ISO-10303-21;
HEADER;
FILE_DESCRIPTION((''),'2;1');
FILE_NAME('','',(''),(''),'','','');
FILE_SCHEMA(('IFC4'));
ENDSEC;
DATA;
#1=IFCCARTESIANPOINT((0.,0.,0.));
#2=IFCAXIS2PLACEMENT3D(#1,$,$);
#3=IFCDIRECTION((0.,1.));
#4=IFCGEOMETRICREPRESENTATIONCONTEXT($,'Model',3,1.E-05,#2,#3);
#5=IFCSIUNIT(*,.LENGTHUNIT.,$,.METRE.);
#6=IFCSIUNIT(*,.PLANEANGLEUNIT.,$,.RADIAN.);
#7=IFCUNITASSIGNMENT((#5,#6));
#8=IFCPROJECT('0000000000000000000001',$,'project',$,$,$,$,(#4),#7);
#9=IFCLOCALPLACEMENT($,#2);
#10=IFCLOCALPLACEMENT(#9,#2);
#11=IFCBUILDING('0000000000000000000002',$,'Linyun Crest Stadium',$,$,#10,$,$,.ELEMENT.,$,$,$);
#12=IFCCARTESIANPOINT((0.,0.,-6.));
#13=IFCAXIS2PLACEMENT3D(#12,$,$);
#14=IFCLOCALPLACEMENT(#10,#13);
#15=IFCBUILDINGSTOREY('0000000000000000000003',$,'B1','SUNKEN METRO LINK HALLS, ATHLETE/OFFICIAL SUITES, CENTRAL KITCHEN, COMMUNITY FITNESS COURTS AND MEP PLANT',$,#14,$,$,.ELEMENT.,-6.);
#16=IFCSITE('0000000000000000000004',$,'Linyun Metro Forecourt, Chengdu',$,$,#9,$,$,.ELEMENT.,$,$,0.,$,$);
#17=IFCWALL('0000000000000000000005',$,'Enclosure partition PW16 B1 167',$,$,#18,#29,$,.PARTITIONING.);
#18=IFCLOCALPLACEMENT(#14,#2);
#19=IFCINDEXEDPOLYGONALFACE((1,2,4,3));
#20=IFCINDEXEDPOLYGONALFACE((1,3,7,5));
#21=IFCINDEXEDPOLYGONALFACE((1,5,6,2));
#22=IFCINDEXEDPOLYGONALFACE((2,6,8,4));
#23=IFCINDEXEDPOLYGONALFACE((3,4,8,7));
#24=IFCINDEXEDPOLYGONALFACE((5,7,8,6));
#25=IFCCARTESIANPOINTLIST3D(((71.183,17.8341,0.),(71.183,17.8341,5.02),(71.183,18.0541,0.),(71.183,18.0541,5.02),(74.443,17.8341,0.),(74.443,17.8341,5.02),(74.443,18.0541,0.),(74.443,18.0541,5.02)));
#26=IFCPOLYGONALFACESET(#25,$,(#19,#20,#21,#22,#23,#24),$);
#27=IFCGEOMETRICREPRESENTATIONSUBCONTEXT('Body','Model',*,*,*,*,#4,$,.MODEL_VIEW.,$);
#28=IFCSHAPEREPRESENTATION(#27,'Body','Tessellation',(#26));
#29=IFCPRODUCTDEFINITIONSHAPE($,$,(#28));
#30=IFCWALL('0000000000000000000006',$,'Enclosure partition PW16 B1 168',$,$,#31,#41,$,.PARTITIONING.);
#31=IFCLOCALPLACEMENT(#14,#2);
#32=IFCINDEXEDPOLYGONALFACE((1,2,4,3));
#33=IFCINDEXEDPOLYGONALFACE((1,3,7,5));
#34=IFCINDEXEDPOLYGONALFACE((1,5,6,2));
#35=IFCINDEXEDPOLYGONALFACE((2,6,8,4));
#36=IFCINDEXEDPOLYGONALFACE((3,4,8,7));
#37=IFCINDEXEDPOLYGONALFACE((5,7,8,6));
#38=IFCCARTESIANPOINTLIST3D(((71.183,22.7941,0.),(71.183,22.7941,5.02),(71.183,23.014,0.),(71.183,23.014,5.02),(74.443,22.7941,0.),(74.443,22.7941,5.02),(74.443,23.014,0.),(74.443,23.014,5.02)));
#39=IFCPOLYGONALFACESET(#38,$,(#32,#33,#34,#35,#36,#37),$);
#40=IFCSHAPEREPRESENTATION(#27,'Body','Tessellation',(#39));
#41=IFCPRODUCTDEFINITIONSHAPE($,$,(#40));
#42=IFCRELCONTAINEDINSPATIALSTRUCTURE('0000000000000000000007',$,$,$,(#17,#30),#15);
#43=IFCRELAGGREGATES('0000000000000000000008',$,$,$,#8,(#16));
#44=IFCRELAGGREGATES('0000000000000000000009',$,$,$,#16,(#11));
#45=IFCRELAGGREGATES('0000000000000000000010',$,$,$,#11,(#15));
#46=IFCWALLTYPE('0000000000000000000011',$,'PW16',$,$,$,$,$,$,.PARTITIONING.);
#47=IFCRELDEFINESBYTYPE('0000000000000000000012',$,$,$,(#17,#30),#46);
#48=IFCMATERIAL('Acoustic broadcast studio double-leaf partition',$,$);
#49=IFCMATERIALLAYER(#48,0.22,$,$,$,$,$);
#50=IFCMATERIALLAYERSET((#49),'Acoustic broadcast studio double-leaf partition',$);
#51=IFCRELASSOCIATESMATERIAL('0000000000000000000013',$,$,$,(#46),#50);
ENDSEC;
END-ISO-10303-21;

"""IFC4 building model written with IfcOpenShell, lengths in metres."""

from ifc_helpers import new_model, si_unit, direction, frame, frame_2d, origin, place, context, subcontext, project, spatial, rectangle, extrude, material, layer, layer_set, type_object, element, save


model = new_model("IFC4")

# Units and contexts
model_context = context("Model", 3, precision=1e-05, world=origin(), true_north=direction((0.0, 1.0)))
body_context = subcontext(model_context, "Body", "Model", "MODEL_VIEW")
ifc_project = project(units=[si_unit("LENGTHUNIT", "METRE"), si_unit("PLANEANGLEUNIT", "RADIAN")], contexts=[model_context])

# Site, building, storey
site_placement = place(None, origin())
site = spatial("IfcSite", under=ifc_project, at=site_placement, Name="Linyun Metro Forecourt, Chengdu", CompositionType="ELEMENT", RefElevation=0.0)
building_placement = place(site_placement, origin())
building = spatial("IfcBuilding", under=site, at=building_placement, Name="Linyun Crest Stadium", CompositionType="ELEMENT")
storey_placement = place(building_placement, frame((0.0, 0.0, -6.0)))
storey = spatial("IfcBuildingStorey", under=building, at=storey_placement, Name="B1", Description="SUNKEN METRO LINK HALLS, ATHLETE/OFFICIAL SUITES, CENTRAL KITCHEN, COMMUNITY FITNESS COURTS AND MEP PLANT", CompositionType="ELEMENT", Elevation=-6.0)

# Shared definitions
ifc_material_1 = material(Name="Acoustic broadcast studio double-leaf partition")
ifc_layer_1 = layer(ifc_material_1, 0.22)
ifc_layer_set_1 = layer_set([ifc_layer_1], Name="Acoustic broadcast studio double-leaf partition")
wall_type = type_object("IfcWallType", Name="PW16", PredefinedType="PARTITIONING", material=ifc_layer_set_1)

# Walls
for number, where, z_axis, x_axis, name in (
    (1, (71.1831, 17.9441, 0.0), (0.0, 0.0, 1.0), (1.0, 0.0, 0.0), "Enclosure partition PW16 B1 167"),
    (2, (71.1831, 22.9041, 0.0), (0.0, 0.0, 1.0), (1.0, 0.0, 0.0), "Enclosure partition PW16 B1 168"),
):
    element("IfcWall", number, at=place(storey_placement, frame(where, z_axis=z_axis, x_axis=x_axis)), inside=storey, type_object=wall_type, Name=name, PredefinedType="PARTITIONING", context=body_context, shape_type="SweptSolid", body=[
        extrude(rectangle(XDim=3.26, YDim=0.22, at=frame_2d((1.6299, 0.0))), origin(), (0.0, 0.0, 1.0), 5.02),
    ])

save(model, "model.ifc")
